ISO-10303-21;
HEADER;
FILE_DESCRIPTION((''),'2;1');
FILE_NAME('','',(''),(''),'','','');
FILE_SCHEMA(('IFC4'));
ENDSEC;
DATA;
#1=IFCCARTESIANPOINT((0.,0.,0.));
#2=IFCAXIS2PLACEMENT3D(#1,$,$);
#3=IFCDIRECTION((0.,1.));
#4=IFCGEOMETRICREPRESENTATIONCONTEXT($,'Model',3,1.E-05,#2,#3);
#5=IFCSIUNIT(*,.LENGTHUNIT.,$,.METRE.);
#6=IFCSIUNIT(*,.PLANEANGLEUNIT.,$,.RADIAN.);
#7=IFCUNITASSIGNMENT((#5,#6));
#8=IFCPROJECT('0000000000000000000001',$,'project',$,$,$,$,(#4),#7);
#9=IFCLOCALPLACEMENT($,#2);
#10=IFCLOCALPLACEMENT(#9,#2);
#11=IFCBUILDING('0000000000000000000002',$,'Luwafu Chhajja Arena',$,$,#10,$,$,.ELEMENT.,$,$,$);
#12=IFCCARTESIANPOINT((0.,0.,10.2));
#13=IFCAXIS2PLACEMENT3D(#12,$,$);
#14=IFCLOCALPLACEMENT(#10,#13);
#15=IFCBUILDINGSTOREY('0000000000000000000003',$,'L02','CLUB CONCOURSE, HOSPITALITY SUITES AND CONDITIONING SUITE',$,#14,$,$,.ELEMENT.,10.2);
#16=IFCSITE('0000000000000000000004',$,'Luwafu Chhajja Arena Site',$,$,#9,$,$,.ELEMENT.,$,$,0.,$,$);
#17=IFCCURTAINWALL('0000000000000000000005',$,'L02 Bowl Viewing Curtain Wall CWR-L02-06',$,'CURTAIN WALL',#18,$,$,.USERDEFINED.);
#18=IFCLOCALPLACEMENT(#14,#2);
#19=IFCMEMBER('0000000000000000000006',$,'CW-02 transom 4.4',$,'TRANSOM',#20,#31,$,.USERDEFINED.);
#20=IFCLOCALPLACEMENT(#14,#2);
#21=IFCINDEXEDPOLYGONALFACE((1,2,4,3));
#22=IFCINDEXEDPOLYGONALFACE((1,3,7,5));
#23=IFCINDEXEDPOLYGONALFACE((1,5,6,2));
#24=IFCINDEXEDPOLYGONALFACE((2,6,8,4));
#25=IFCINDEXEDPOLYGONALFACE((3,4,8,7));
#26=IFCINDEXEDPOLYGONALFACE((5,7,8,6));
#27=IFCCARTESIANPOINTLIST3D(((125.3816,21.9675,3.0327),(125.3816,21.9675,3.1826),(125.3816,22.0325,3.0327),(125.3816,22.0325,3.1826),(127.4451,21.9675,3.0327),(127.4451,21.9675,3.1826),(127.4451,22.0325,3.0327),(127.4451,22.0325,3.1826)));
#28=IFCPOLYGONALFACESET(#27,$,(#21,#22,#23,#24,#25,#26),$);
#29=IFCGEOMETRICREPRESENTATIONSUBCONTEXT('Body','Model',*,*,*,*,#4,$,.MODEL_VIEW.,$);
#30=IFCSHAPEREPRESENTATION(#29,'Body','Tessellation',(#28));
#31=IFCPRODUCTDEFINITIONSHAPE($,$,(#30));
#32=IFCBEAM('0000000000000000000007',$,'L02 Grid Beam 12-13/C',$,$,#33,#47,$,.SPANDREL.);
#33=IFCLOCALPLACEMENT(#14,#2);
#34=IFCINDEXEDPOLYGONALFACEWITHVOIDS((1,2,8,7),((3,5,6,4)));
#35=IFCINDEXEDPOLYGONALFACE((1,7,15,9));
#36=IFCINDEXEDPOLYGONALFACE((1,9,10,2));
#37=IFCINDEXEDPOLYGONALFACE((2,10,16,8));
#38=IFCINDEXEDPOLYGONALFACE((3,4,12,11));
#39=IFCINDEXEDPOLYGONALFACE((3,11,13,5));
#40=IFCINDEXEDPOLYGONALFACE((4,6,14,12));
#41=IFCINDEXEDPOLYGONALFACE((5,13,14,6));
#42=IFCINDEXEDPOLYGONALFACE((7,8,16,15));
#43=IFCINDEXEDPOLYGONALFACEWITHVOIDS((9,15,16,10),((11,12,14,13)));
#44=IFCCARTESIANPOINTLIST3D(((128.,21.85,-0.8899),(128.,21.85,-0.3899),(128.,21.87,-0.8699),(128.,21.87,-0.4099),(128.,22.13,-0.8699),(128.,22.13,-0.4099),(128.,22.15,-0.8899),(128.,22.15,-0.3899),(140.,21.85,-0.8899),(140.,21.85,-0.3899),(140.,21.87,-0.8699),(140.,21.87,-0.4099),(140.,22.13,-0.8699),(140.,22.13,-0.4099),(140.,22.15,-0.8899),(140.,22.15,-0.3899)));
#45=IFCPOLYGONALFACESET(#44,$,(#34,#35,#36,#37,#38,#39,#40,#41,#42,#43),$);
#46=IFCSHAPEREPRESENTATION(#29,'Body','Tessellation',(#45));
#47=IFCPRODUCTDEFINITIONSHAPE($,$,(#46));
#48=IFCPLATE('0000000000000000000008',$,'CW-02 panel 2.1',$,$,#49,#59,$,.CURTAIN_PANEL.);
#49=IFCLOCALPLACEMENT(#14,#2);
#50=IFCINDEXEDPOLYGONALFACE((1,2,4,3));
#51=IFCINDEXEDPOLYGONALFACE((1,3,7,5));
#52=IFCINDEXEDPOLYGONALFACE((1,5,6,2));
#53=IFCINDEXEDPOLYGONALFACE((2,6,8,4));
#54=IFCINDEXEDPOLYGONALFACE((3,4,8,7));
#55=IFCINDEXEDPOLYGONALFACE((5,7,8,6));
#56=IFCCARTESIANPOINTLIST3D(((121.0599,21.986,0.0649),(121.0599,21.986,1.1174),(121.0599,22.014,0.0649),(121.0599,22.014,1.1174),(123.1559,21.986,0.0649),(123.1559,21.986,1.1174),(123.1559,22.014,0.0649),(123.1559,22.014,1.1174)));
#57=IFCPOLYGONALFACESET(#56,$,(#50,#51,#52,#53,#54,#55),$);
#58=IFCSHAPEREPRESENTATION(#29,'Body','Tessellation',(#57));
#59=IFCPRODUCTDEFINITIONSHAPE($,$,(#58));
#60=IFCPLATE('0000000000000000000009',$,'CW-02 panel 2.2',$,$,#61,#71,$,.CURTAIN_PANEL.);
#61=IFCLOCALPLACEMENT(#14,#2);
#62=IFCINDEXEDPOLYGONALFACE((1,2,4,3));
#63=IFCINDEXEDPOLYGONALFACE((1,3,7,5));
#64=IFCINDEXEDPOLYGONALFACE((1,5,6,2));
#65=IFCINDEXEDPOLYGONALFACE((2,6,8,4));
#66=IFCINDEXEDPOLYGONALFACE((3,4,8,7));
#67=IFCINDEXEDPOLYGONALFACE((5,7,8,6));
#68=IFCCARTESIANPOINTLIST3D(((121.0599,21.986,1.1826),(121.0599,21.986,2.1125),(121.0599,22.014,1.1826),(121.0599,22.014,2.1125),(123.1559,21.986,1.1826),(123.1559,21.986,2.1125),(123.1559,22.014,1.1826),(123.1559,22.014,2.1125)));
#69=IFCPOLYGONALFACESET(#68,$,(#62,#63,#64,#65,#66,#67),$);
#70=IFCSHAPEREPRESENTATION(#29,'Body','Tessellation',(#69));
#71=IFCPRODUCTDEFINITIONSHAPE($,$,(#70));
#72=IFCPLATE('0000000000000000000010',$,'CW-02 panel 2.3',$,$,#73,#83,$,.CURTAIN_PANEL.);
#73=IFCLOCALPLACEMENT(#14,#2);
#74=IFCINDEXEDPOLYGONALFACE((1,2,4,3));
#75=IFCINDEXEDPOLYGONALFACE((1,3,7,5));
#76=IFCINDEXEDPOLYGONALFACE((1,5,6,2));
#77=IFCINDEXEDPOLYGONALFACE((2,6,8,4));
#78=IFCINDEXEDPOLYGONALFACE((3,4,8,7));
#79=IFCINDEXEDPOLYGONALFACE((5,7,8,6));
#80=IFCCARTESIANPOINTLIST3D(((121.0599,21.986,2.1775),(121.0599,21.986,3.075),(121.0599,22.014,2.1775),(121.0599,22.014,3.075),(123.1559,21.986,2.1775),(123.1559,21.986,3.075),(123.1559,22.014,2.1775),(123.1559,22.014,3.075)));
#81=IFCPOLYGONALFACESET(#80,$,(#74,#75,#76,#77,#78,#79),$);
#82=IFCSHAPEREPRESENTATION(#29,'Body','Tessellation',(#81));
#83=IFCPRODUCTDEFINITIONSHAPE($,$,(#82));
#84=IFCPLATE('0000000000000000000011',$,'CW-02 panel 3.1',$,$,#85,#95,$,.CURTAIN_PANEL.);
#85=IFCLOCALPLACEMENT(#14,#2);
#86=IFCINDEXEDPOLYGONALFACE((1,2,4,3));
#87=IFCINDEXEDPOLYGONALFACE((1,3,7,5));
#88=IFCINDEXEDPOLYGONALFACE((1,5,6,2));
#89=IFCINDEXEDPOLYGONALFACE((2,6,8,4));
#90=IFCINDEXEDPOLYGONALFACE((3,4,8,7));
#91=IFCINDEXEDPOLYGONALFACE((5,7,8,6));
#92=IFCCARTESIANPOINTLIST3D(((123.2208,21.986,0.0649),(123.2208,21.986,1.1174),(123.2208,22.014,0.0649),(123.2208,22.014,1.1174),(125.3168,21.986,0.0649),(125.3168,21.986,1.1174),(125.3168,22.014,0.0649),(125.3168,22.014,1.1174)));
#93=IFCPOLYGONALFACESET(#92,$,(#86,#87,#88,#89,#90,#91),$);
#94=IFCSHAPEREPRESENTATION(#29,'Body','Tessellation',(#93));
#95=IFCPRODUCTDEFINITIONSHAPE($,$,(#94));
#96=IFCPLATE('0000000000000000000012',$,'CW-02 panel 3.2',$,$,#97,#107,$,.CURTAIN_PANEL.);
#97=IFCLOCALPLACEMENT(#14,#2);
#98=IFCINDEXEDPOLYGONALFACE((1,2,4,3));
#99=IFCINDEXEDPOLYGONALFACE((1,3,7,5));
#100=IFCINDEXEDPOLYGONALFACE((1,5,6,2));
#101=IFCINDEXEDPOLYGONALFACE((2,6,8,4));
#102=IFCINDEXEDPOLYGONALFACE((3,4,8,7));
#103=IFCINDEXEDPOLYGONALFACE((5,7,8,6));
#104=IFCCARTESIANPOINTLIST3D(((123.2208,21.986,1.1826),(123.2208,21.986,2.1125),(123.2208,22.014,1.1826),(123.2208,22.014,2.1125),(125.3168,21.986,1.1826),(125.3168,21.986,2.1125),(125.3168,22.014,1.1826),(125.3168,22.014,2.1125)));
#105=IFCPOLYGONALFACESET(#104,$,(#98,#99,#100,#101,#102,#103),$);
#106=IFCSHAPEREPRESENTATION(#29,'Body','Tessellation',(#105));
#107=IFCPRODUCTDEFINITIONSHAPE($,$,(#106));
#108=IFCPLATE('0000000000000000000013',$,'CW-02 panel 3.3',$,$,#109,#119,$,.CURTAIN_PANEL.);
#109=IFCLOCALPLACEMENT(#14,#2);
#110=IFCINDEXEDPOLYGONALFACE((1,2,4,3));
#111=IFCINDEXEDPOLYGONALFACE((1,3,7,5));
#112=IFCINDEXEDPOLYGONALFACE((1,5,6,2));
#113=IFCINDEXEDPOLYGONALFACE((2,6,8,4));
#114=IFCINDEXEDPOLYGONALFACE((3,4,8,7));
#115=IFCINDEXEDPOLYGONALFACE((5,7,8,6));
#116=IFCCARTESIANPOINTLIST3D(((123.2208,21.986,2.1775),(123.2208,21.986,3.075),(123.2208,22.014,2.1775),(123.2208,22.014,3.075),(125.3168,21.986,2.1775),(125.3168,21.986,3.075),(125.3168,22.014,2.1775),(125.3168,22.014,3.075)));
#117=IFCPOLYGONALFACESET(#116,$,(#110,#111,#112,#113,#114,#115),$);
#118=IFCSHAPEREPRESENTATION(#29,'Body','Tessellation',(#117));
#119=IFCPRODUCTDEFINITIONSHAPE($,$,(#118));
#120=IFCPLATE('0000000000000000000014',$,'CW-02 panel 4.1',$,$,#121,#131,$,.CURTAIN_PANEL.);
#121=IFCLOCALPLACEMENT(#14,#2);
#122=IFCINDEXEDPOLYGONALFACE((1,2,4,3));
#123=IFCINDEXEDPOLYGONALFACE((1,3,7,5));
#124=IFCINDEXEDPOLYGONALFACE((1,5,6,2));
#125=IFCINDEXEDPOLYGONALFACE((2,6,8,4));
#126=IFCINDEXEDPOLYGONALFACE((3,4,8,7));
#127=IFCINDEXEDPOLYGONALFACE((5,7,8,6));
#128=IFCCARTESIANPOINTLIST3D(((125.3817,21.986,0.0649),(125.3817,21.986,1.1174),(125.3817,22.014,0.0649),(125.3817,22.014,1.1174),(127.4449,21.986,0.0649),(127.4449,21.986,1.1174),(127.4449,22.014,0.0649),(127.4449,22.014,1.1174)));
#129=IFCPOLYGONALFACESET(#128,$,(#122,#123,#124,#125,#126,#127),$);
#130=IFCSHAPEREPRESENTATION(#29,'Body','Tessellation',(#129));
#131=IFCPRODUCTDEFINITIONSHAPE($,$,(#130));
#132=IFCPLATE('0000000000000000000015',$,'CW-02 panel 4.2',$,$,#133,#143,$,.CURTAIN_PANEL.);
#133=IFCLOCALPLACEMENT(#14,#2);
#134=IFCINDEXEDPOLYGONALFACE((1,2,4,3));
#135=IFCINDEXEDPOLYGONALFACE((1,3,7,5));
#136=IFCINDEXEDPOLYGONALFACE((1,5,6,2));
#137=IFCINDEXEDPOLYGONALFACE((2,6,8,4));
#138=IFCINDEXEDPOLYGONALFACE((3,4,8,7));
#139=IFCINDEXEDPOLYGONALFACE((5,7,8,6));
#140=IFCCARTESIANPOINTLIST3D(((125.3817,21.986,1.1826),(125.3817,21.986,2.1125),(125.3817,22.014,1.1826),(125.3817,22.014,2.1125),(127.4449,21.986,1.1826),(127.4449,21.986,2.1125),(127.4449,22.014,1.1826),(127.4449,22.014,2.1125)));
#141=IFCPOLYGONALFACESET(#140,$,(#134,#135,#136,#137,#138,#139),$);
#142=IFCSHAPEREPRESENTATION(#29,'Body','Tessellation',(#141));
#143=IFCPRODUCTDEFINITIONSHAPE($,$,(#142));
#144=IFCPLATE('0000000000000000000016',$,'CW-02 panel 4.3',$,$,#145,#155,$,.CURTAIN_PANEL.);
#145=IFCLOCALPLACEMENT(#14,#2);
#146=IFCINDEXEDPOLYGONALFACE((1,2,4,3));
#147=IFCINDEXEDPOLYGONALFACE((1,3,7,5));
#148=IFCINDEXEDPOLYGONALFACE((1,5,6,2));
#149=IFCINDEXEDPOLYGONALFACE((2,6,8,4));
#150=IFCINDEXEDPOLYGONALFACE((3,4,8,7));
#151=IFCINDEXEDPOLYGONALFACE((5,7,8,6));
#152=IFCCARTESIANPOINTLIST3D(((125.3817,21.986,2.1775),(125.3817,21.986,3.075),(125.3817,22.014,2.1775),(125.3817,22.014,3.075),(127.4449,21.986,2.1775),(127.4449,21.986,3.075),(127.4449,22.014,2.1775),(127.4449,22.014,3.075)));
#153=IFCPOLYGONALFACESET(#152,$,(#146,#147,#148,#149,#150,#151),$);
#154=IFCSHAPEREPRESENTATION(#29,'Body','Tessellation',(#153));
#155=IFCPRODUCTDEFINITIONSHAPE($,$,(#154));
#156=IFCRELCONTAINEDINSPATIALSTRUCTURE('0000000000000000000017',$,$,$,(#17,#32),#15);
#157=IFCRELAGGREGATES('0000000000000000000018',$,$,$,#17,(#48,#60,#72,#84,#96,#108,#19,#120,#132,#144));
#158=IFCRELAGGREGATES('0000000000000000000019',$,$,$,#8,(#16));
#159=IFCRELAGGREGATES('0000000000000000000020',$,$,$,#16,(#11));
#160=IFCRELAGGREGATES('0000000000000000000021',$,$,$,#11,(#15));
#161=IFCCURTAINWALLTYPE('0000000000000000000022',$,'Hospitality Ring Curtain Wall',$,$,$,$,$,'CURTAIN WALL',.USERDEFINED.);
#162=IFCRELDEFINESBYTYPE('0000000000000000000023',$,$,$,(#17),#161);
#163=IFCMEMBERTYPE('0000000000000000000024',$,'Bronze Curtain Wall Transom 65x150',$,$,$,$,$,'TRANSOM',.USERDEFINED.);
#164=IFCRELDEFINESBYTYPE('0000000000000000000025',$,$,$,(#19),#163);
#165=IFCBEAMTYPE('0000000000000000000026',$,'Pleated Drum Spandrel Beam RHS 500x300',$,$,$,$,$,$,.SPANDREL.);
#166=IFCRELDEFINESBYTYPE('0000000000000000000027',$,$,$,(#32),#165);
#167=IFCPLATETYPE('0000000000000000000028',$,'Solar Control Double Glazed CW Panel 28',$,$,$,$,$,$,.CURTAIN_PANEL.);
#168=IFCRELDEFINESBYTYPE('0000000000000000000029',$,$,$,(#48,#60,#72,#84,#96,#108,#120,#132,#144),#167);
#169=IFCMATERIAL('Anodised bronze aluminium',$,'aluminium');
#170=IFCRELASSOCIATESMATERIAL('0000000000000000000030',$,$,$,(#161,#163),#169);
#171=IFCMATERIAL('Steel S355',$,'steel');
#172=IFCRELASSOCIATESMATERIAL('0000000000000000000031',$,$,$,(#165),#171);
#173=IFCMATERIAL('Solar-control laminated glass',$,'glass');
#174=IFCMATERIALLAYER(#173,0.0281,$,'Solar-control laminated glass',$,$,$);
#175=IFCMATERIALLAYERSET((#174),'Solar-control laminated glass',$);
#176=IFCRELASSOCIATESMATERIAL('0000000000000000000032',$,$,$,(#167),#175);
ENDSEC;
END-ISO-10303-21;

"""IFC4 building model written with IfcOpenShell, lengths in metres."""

from ifc_helpers import new_model, si_unit, direction, frame, origin, origin_2d, place, context, subcontext, project, spatial, rectangle, hollow_rectangle, extrude, material, layer, layer_set, material_profile, profile_set, type_object, element, aggregate, save


model = new_model("IFC4")

# Units and contexts
model_context = context("Model", 3, precision=1e-05, world=origin(), true_north=direction((0.0, 1.0)))
body_context = subcontext(model_context, "Body", "Model", "MODEL_VIEW")
ifc_project = project(units=[si_unit("LENGTHUNIT", "METRE"), si_unit("PLANEANGLEUNIT", "RADIAN")], contexts=[model_context])

# Site, building, storey
site_placement = place(None, origin())
site = spatial("IfcSite", under=ifc_project, at=site_placement, Name="Luwafu Chhajja Arena Site", CompositionType="ELEMENT", RefElevation=0.0)
building_placement = place(site_placement, origin())
building = spatial("IfcBuilding", under=site, at=building_placement, Name="Luwafu Chhajja Arena", CompositionType="ELEMENT")
storey_placement = place(building_placement, frame((0.0, 0.0, 10.2)))
storey = spatial("IfcBuildingStorey", under=building, at=storey_placement, Name="L02", Description="CLUB CONCOURSE, HOSPITALITY SUITES AND CONDITIONING SUITE", CompositionType="ELEMENT", Elevation=10.2)

# Shared definitions
ifc_material_1 = material(Name="Steel S355", Category="steel")

# Curtain wall, member
ifc_material_2 = material(Name="Anodised bronze aluminium", Category="aluminium")
curtain_wall_type = type_object("IfcCurtainWallType", Name="Hospitality Ring Curtain Wall", ElementType="CURTAIN WALL", PredefinedType="USERDEFINED", material=ifc_material_2)
curtain_wall_placement = place(storey_placement, origin())
curtain_wall = element("IfcCurtainWall", 1, at=curtain_wall_placement, inside=storey, type_object=curtain_wall_type, Name="L02 Bowl Viewing Curtain Wall CWR-L02-06", ObjectType="CURTAIN WALL", PredefinedType="USERDEFINED")
ifc_material_profile_1 = material_profile(ifc_material_2, rectangle(XDim=0.0649, YDim=0.1499, at=origin_2d()), Name="CWT 65x150")
ifc_profile_set_1 = profile_set([ifc_material_profile_1], Name="Anodised bronze aluminium")
member_type_1 = type_object("IfcMemberType", Name="Bronze Curtain Wall Transom 65x150", ElementType="TRANSOM", PredefinedType="USERDEFINED", material=ifc_profile_set_1)
member_1_placement = place(storey_placement, frame((125.3816, 22.0, 3.1077), z_axis=(1.0, 0.0, 0.0), x_axis=(0.0, 1.0, 0.0)))
member_1 = element("IfcMember", 2, at=member_1_placement, type_object=member_type_1, Name="CW-02 transom 4.4", ObjectType="TRANSOM", PredefinedType="USERDEFINED", context=body_context, shape_type="SweptSolid", body=[
    extrude(rectangle(XDim=0.0649, YDim=0.1499, at=origin_2d()), origin(), (0.0, 0.0, 1.0), 2.0635),
])

# Beam
ifc_material_profile_2 = material_profile(ifc_material_1, hollow_rectangle(XDim=0.3, YDim=0.5, WallThickness=0.02, at=origin_2d()), Name="RHS 500x300x20")
ifc_profile_set_2 = profile_set([ifc_material_profile_2], Name="Steel S355")
beam_type = type_object("IfcBeamType", Name="Pleated Drum Spandrel Beam RHS 500x300", PredefinedType="SPANDREL", material=ifc_profile_set_2)
beam_placement = place(storey_placement, frame((128.0, 22.0, -0.6399), z_axis=(1.0, 0.0, 0.0), x_axis=(0.0, 1.0, 0.0)))
element("IfcBeam", 3, at=beam_placement, inside=storey, type_object=beam_type, Name="L02 Grid Beam 12-13/C", PredefinedType="SPANDREL", context=body_context, shape_type="SweptSolid", body=[
    extrude(hollow_rectangle(XDim=0.3, YDim=0.5, WallThickness=0.02, at=origin_2d()), origin(), (0.0, 0.0, 1.0), 12.0),
])

# Plates
ifc_material_3 = material(Name="Solar-control laminated glass", Category="glass")
ifc_layer = layer(ifc_material_3, 0.0281, Name="Solar-control laminated glass")
ifc_layer_set = layer_set([ifc_layer], Name="Solar-control laminated glass")
plate_type = type_object("IfcPlateType", Name="Solar Control Double Glazed CW Panel 28", PredefinedType="CURTAIN_PANEL", material=ifc_layer_set)
plate_1_placement = place(storey_placement, frame((122.1079, 22.0, 0.0649), z_axis=(0.0, 0.0, 1.0), x_axis=(1.0, 0.0, 0.0)))
plate_1 = element("IfcPlate", 4, at=plate_1_placement, type_object=plate_type, Name="CW-02 panel 2.1", PredefinedType="CURTAIN_PANEL", context=body_context, shape_type="SweptSolid", body=[
    extrude(rectangle(XDim=2.0959, YDim=0.0281, at=origin_2d()), origin(), (0.0, 0.0, 1.0), 1.0525),
])
plate_2_placement = place(storey_placement, frame((122.1079, 22.0, 1.1826), z_axis=(0.0, 0.0, 1.0), x_axis=(1.0, 0.0, 0.0)))
plate_2 = element("IfcPlate", 5, at=plate_2_placement, type_object=plate_type, Name="CW-02 panel 2.2", PredefinedType="CURTAIN_PANEL", context=body_context, shape_type="SweptSolid", body=[
    extrude(rectangle(XDim=2.0959, YDim=0.0281, at=origin_2d()), origin(), (0.0, 0.0, 1.0), 0.9299),
])
plate_3_placement = place(storey_placement, frame((122.1079, 22.0, 2.1775), z_axis=(0.0, 0.0, 1.0), x_axis=(1.0, 0.0, 0.0)))
plate_3 = element("IfcPlate", 6, at=plate_3_placement, type_object=plate_type, Name="CW-02 panel 2.3", PredefinedType="CURTAIN_PANEL", context=body_context, shape_type="SweptSolid", body=[
    extrude(rectangle(XDim=2.0959, YDim=0.0281, at=origin_2d()), origin(), (0.0, 0.0, 1.0), 0.8975),
])
plate_4_placement = place(storey_placement, frame((124.2688, 22.0, 0.0649), z_axis=(0.0, 0.0, 1.0), x_axis=(1.0, 0.0, 0.0)))
plate_4 = element("IfcPlate", 7, at=plate_4_placement, type_object=plate_type, Name="CW-02 panel 3.1", PredefinedType="CURTAIN_PANEL", context=body_context, shape_type="SweptSolid", body=[
    extrude(rectangle(XDim=2.0959, YDim=0.0281, at=origin_2d()), origin(), (0.0, 0.0, 1.0), 1.0525),
])
plate_5_placement = place(storey_placement, frame((124.2688, 22.0, 1.1826), z_axis=(0.0, 0.0, 1.0), x_axis=(1.0, 0.0, 0.0)))
plate_5 = element("IfcPlate", 8, at=plate_5_placement, type_object=plate_type, Name="CW-02 panel 3.2", PredefinedType="CURTAIN_PANEL", context=body_context, shape_type="SweptSolid", body=[
    extrude(rectangle(XDim=2.0959, YDim=0.0281, at=origin_2d()), origin(), (0.0, 0.0, 1.0), 0.9299),
])
plate_6_placement = place(storey_placement, frame((124.2688, 22.0, 2.1775), z_axis=(0.0, 0.0, 1.0), x_axis=(1.0, 0.0, 0.0)))
plate_6 = element("IfcPlate", 9, at=plate_6_placement, type_object=plate_type, Name="CW-02 panel 3.3", PredefinedType="CURTAIN_PANEL", context=body_context, shape_type="SweptSolid", body=[
    extrude(rectangle(XDim=2.0959, YDim=0.0281, at=origin_2d()), origin(), (0.0, 0.0, 1.0), 0.8975),
])
plate_7_placement = place(storey_placement, frame((126.4133, 22.0, 0.0649), z_axis=(0.0, 0.0, 1.0), x_axis=(1.0, 0.0, 0.0)))
plate_7 = element("IfcPlate", 10, at=plate_7_placement, type_object=plate_type, Name="CW-02 panel 4.1", PredefinedType="CURTAIN_PANEL", context=body_context, shape_type="SweptSolid", body=[
    extrude(rectangle(XDim=2.0632, YDim=0.0281, at=origin_2d()), origin(), (0.0, 0.0, 1.0), 1.0525),
])
plate_8_placement = place(storey_placement, frame((126.4133, 22.0, 1.1826), z_axis=(0.0, 0.0, 1.0), x_axis=(1.0, 0.0, 0.0)))
plate_8 = element("IfcPlate", 11, at=plate_8_placement, type_object=plate_type, Name="CW-02 panel 4.2", PredefinedType="CURTAIN_PANEL", context=body_context, shape_type="SweptSolid", body=[
    extrude(rectangle(XDim=2.0632, YDim=0.0281, at=origin_2d()), origin(), (0.0, 0.0, 1.0), 0.9299),
])
plate_9_placement = place(storey_placement, frame((126.4133, 22.0, 2.1775), z_axis=(0.0, 0.0, 1.0), x_axis=(1.0, 0.0, 0.0)))
plate_9 = element("IfcPlate", 12, at=plate_9_placement, type_object=plate_type, Name="CW-02 panel 4.3", PredefinedType="CURTAIN_PANEL", context=body_context, shape_type="SweptSolid", body=[
    extrude(rectangle(XDim=2.0632, YDim=0.0281, at=origin_2d()), origin(), (0.0, 0.0, 1.0), 0.8975),
])
aggregate(curtain_wall, [plate_1, plate_2, plate_3, plate_4, plate_5, plate_6, member_1, plate_7, plate_8, plate_9])

save(model, "model.ifc")
